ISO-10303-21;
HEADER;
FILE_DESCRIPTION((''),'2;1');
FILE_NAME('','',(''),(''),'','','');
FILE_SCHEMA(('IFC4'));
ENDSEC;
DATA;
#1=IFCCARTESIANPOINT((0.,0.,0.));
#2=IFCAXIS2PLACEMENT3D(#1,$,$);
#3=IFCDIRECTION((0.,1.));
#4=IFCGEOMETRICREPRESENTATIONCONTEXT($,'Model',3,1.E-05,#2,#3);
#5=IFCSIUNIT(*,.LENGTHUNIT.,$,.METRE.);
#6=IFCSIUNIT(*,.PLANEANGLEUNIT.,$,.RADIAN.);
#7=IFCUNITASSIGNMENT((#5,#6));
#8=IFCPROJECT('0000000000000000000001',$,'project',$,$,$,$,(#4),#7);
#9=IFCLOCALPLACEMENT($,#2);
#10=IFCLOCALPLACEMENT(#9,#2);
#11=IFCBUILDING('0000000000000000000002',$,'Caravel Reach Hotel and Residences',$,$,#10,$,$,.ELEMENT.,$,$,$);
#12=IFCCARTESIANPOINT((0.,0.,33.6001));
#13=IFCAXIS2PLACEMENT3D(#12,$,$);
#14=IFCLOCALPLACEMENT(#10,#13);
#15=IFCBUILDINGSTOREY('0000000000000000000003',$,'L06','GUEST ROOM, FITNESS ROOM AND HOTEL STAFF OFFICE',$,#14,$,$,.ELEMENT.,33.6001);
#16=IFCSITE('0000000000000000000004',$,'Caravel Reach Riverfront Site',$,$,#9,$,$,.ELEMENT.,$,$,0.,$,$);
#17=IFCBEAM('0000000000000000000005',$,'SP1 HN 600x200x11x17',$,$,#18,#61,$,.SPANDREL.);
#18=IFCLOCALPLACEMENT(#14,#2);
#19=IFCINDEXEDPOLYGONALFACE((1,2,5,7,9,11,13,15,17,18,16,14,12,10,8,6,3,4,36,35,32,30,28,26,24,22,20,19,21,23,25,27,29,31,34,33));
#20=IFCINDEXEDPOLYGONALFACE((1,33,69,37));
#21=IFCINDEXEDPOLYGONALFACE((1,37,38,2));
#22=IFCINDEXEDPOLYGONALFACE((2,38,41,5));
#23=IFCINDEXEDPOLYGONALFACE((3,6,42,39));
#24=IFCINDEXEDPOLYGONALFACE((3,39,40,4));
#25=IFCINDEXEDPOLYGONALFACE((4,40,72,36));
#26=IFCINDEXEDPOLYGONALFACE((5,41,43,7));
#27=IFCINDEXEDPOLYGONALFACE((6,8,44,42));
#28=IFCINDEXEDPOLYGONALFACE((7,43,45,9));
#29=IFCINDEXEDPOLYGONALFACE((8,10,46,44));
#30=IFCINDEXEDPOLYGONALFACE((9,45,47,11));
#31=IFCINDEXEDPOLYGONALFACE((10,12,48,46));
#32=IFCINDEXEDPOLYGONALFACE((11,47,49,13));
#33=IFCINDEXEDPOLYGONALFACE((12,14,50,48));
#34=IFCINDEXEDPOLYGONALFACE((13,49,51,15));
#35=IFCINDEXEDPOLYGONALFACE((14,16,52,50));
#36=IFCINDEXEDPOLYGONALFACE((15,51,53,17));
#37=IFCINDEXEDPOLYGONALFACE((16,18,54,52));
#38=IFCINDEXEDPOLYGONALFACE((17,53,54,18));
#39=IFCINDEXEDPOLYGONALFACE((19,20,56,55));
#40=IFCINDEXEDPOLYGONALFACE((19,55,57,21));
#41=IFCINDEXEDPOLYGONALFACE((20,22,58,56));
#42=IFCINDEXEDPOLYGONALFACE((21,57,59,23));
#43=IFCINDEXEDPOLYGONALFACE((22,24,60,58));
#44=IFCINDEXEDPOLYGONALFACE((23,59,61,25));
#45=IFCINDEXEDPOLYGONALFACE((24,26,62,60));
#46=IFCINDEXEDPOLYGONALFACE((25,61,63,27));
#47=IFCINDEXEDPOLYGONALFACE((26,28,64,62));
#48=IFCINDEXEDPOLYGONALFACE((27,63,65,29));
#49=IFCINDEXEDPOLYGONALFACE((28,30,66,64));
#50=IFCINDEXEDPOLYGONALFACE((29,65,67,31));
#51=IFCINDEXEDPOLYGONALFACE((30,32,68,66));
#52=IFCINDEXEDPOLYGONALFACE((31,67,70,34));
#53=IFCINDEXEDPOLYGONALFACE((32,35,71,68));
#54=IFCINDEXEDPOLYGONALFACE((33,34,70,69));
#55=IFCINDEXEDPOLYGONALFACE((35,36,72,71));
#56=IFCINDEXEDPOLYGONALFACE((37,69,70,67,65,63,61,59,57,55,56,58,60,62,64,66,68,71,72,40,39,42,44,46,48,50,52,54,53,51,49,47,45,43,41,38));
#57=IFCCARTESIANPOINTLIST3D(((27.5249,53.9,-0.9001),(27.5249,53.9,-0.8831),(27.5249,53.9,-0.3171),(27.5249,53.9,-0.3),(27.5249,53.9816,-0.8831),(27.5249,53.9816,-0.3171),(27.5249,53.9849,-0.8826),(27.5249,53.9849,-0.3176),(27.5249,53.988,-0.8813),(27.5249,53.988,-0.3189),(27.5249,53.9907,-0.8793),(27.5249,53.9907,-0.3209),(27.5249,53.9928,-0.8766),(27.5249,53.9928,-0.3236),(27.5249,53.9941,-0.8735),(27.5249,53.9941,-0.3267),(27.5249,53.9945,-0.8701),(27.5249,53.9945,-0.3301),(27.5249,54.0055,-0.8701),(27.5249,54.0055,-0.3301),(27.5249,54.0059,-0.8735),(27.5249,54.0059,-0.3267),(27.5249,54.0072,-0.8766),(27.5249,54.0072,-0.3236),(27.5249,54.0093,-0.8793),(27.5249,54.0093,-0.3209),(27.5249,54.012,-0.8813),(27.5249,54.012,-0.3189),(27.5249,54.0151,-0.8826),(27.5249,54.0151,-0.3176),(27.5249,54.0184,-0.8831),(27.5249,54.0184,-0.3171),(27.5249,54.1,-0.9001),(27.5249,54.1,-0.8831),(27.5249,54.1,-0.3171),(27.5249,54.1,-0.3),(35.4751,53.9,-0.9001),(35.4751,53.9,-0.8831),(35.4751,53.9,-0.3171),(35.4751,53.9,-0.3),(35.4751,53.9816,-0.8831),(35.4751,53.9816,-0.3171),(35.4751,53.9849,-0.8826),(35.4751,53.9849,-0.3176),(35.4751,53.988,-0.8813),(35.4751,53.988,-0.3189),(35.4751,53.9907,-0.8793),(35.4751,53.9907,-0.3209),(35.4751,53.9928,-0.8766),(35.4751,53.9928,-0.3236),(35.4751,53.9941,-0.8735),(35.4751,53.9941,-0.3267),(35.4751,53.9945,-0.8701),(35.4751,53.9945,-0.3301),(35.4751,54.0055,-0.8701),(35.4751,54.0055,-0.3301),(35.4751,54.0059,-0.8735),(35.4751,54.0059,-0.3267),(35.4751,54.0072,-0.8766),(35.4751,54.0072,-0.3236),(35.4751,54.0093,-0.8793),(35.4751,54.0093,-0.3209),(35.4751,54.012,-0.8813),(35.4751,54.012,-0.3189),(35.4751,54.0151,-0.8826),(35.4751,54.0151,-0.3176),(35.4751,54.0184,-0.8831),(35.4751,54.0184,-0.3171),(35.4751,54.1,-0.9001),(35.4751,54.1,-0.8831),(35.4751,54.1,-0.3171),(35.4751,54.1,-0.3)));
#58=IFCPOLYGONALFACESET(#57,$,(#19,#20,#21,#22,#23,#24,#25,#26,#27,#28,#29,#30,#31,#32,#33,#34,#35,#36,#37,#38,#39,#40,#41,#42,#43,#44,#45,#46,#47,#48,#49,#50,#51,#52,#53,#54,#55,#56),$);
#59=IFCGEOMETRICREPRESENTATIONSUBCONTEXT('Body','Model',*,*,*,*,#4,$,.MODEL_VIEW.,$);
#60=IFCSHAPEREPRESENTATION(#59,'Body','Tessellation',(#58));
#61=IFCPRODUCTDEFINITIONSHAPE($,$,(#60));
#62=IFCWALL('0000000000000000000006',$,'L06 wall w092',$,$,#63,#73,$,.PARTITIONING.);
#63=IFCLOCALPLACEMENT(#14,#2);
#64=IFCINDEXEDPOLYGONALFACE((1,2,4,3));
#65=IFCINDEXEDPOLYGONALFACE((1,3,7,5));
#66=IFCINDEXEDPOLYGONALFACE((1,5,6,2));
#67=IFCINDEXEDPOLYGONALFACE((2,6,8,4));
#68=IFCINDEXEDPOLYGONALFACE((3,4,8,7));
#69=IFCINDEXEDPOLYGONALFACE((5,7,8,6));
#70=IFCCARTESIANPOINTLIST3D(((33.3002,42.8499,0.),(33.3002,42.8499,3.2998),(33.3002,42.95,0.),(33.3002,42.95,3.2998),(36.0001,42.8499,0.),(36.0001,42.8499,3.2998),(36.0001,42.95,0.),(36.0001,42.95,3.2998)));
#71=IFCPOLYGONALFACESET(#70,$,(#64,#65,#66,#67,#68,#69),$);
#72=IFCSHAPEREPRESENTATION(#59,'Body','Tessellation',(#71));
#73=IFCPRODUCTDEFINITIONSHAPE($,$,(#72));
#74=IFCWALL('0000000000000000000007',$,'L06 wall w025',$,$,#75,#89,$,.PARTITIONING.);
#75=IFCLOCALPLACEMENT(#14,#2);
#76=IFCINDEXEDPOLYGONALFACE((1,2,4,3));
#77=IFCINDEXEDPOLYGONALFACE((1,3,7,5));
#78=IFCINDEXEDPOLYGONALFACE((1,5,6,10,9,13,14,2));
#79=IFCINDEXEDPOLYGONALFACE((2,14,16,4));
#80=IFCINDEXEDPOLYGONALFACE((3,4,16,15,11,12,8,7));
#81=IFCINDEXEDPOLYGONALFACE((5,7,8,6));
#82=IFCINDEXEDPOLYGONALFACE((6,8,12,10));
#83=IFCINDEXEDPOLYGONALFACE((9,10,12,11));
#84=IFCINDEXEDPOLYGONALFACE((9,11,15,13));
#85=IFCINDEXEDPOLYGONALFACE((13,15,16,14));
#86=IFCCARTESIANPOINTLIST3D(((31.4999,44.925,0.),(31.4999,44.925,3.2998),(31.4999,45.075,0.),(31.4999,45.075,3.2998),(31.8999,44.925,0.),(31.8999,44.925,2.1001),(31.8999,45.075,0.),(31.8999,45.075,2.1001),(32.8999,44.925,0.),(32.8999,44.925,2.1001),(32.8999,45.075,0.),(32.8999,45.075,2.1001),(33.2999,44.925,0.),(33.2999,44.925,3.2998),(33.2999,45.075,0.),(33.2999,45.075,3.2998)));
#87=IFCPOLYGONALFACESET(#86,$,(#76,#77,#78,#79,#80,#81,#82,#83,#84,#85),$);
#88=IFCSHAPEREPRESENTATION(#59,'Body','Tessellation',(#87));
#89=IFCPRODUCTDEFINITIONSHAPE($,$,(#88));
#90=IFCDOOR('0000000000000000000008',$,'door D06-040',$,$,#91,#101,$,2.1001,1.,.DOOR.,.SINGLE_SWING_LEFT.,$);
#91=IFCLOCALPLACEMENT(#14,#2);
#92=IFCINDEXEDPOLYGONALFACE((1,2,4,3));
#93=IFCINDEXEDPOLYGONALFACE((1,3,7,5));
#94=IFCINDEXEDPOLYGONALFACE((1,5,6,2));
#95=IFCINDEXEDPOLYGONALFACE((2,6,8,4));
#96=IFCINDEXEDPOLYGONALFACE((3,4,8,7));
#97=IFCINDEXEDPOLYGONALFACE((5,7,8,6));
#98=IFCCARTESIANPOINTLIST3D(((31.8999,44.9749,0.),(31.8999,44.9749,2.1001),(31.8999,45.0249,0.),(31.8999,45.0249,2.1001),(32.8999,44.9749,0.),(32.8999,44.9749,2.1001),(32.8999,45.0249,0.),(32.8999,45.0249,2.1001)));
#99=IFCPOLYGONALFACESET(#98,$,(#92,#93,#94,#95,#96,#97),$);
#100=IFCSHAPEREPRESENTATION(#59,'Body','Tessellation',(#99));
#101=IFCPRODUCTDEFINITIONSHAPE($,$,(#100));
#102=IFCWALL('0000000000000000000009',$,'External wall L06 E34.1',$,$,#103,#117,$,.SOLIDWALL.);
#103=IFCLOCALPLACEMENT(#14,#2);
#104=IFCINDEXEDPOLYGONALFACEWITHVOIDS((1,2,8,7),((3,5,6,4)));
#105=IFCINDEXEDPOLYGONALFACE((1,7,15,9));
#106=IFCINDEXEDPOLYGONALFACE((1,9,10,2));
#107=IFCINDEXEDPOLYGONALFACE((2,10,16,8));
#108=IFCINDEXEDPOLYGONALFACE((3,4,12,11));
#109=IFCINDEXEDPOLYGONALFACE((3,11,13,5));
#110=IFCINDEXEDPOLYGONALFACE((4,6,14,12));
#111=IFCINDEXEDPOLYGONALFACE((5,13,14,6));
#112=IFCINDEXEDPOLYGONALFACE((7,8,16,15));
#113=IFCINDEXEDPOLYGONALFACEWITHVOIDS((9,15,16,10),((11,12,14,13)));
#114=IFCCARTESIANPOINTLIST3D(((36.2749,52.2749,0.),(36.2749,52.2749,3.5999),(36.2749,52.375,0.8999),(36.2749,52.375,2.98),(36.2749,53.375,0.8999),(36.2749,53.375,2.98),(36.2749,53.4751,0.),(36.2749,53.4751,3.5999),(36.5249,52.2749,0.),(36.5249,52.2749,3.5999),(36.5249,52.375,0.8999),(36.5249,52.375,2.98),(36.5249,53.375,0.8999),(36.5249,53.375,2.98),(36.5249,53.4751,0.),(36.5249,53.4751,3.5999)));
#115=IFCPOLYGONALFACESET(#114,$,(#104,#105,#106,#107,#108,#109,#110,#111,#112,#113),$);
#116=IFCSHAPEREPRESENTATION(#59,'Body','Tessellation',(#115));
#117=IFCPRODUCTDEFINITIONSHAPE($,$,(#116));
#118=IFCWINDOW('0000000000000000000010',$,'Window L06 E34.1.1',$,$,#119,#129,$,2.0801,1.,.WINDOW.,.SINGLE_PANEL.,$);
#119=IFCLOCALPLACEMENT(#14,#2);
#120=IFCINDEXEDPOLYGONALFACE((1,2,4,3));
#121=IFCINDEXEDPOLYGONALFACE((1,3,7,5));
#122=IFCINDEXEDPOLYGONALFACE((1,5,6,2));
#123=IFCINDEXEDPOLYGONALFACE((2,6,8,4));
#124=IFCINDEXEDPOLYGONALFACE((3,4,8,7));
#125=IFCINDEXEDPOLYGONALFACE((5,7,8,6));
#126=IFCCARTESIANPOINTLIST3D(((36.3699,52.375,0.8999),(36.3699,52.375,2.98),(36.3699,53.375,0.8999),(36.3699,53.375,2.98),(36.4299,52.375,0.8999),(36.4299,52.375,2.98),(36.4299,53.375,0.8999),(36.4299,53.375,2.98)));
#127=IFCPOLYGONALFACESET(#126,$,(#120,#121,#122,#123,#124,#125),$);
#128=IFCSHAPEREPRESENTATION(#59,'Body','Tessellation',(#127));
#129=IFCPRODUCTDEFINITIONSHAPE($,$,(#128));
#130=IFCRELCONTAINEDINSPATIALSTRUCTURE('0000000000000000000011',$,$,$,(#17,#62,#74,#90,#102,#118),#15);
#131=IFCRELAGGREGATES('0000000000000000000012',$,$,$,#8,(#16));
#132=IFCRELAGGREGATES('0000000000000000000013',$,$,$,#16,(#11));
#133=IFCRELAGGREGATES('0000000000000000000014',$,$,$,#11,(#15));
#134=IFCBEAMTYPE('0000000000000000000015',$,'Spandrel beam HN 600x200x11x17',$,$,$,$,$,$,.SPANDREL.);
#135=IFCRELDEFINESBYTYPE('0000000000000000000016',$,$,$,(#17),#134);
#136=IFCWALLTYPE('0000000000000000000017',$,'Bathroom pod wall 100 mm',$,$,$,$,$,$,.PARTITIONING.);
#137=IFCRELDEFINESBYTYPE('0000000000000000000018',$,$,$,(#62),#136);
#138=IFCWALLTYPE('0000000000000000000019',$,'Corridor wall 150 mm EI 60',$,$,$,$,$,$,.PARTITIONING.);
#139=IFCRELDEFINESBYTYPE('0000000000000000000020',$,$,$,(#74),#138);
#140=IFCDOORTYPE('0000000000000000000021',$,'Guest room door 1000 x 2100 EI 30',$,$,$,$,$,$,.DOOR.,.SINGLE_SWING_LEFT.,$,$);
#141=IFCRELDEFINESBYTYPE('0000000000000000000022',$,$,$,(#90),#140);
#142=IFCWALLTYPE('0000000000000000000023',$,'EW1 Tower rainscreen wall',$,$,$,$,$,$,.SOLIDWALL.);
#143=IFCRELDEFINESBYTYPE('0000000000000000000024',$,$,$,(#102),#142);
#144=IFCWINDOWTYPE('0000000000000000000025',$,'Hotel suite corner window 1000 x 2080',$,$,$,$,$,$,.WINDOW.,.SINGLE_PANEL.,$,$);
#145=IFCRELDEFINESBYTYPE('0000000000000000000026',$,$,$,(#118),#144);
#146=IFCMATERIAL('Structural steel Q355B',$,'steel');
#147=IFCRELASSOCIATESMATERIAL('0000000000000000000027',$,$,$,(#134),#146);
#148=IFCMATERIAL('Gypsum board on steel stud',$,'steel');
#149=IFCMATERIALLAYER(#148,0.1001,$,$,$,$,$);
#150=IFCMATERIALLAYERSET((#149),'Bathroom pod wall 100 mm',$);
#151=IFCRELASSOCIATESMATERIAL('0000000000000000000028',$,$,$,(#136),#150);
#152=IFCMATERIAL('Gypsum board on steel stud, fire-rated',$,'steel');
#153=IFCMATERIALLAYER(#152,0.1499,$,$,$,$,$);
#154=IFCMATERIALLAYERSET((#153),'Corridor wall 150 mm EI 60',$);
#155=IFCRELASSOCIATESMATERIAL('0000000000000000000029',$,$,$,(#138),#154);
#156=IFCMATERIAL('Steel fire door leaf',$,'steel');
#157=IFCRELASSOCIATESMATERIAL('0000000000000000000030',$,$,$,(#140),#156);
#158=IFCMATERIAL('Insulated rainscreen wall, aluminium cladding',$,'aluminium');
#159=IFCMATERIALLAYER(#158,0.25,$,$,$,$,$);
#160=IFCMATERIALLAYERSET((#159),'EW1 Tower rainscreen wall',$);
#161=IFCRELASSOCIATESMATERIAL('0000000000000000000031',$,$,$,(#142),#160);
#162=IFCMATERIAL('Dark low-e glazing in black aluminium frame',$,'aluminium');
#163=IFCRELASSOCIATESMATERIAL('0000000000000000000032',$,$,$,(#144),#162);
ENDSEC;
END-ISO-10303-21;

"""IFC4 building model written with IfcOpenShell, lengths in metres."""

from ifc_helpers import new_model, si_unit, direction, frame, frame_2d, origin, origin_2d, place, context, subcontext, project, spatial, rectangle, i_section, extrude, material, layer, layer_set, material_profile, profile_set, type_object, element, fill, save


model = new_model("IFC4")

# Units and contexts
model_context = context("Model", 3, precision=1e-05, world=origin(), true_north=direction((0.0, 1.0)))
body_context = subcontext(model_context, "Body", "Model", "MODEL_VIEW")
ifc_project = project(units=[si_unit("LENGTHUNIT", "METRE"), si_unit("PLANEANGLEUNIT", "RADIAN")], contexts=[model_context])

# Site, building, storey
site_placement = place(None, origin())
site = spatial("IfcSite", under=ifc_project, at=site_placement, Name="Caravel Reach Riverfront Site", CompositionType="ELEMENT", RefElevation=0.0)
building_placement = place(site_placement, origin())
building = spatial("IfcBuilding", under=site, at=building_placement, Name="Caravel Reach Hotel and Residences", CompositionType="ELEMENT")
storey_placement = place(building_placement, frame((0.0, 0.0, 33.6001)))
storey = spatial("IfcBuildingStorey", under=building, at=storey_placement, Name="L06", Description="GUEST ROOM, FITNESS ROOM AND HOTEL STAFF OFFICE", CompositionType="ELEMENT", Elevation=33.6001)

# Beam
ifc_material_1 = material(Name="Structural steel Q355B", Category="steel")
ifc_material_profile_1 = material_profile(ifc_material_1, i_section(OverallWidth=0.2, OverallDepth=0.6001, WebThickness=0.011, FlangeThickness=0.0171, FilletRadius=0.0129, at=origin_2d()), Name="HN 600x200x11x17")
ifc_profile_set_1 = profile_set([ifc_material_profile_1], Name="Structural steel Q355B")
beam_type_1 = type_object("IfcBeamType", Name="Spandrel beam HN 600x200x11x17", PredefinedType="SPANDREL", material=ifc_profile_set_1)
beam_1_placement = place(storey_placement, frame((35.4751, 54.0, -0.6001), z_axis=(-1.0, 0.0, 0.0), x_axis=(0.0, -1.0, 0.0)))
element("IfcBeam", 1, at=beam_1_placement, inside=storey, type_object=beam_type_1, Name="SP1 HN 600x200x11x17", PredefinedType="SPANDREL", context=body_context, shape_type="SweptSolid", body=[
    extrude(i_section(OverallWidth=0.2, OverallDepth=0.6001, WebThickness=0.011, FlangeThickness=0.0171, FilletRadius=0.0129, at=origin_2d()), origin(), (0.0, 0.0, 1.0), 7.9502),
])

# Wall
ifc_material_2 = material(Name="Gypsum board on steel stud", Category="steel")
ifc_layer_1 = layer(ifc_material_2, 0.1001)
ifc_layer_set_1 = layer_set([ifc_layer_1], Name="Bathroom pod wall 100 mm")
wall_type_1 = type_object("IfcWallType", Name="Bathroom pod wall 100 mm", PredefinedType="PARTITIONING", material=ifc_layer_set_1)
wall_1_placement = place(storey_placement, frame((33.3, 42.8999, 0.0), z_axis=(0.0, 0.0, 1.0), x_axis=(1.0, 0.0, 0.0)))
element("IfcWall", 2, at=wall_1_placement, inside=storey, type_object=wall_type_1, Name="L06 wall w092", PredefinedType="PARTITIONING", context=body_context, shape_type="SweptSolid", body=[
    extrude(rectangle(XDim=2.7, YDim=0.1001, at=frame_2d((1.3501, 0.0))), origin(), (0.0, 0.0, 1.0), 3.2998),
])

# Wall, opening, door
ifc_material_3 = material(Name="Gypsum board on steel stud, fire-rated", Category="steel")
ifc_layer_2 = layer(ifc_material_3, 0.1499)
ifc_layer_set_2 = layer_set([ifc_layer_2], Name="Corridor wall 150 mm EI 60")
wall_type_2 = type_object("IfcWallType", Name="Corridor wall 150 mm EI 60", PredefinedType="PARTITIONING", material=ifc_layer_set_2)
wall_2_placement = place(storey_placement, frame((31.5, 45.0, 0.0), z_axis=(0.0, 0.0, 1.0), x_axis=(1.0, 0.0, 0.0)))
wall_2 = element("IfcWall", 3, at=wall_2_placement, inside=storey, type_object=wall_type_2, Name="L06 wall w025", PredefinedType="PARTITIONING", context=body_context, shape_type="SweptSolid", body=[
    extrude(rectangle(XDim=1.8, YDim=0.1499, at=frame_2d((0.8999, 0.0))), origin(), (0.0, 0.0, 1.0), 3.2998),
])
opening_1_placement = place(wall_2_placement, frame((0.3999, 0.0, 0.0)))
opening_1 = element("IfcOpeningElement", 4, at=opening_1_placement, cuts=wall_2, PredefinedType="OPENING", context=body_context, shape_type="SweptSolid", body=[
    extrude(rectangle(XDim=1.0, YDim=2.1001, at=frame_2d((0.5, 1.05))), frame((0.0, 0.085, 0.0), z_axis=(0.0, -1.0, 0.0), x_axis=(1.0, 0.0, 0.0)), (0.0, 0.0, 1.0), 0.1699),
])
ifc_material_4 = material(Name="Steel fire door leaf", Category="steel")
door_type = type_object("IfcDoorType", Name="Guest room door 1000 x 2100 EI 30", OperationType="SINGLE_SWING_LEFT", PredefinedType="DOOR", material=ifc_material_4)
door_placement = place(opening_1_placement, origin())
door = element("IfcDoor", 5, at=door_placement, inside=storey, type_object=door_type, Name="door D06-040", OperationType="SINGLE_SWING_LEFT", OverallHeight=2.1001, OverallWidth=1.0, PredefinedType="DOOR", context=body_context, shape_type="SweptSolid", body=[
    extrude(rectangle(XDim=1.0, YDim=2.1001, at=frame_2d((0.5, 1.05))), frame((0.0, 0.0249, 0.0), z_axis=(0.0, -1.0, 0.0), x_axis=(1.0, 0.0, 0.0)), (0.0, 0.0, 1.0), 0.05),
])
fill(opening_1, door)

# Wall, opening, window
ifc_material_5 = material(Name="Insulated rainscreen wall, aluminium cladding", Category="aluminium")
ifc_layer_3 = layer(ifc_material_5, 0.25)
ifc_layer_set_3 = layer_set([ifc_layer_3], Name="EW1 Tower rainscreen wall")
wall_type_3 = type_object("IfcWallType", Name="EW1 Tower rainscreen wall", PredefinedType="SOLIDWALL", material=ifc_layer_set_3)
wall_3_placement = place(storey_placement, frame((36.3999, 52.2749, 0.0), z_axis=(0.0, 0.0, 1.0), x_axis=(0.0, 1.0, 0.0)))
wall_3 = element("IfcWall", 6, at=wall_3_placement, inside=storey, type_object=wall_type_3, Name="External wall L06 E34.1", PredefinedType="SOLIDWALL", context=body_context, shape_type="SweptSolid", body=[
    extrude(rectangle(XDim=1.2002, YDim=0.25, at=frame_2d((0.6001, 0.0))), origin(), (0.0, 0.0, 1.0), 3.5999),
])
opening_2_placement = place(wall_3_placement, frame((0.1001, 0.0, 0.8999)))
opening_2 = element("IfcOpeningElement", 7, at=opening_2_placement, cuts=wall_3, PredefinedType="OPENING", context=body_context, shape_type="SweptSolid", body=[
    extrude(rectangle(XDim=1.0, YDim=2.0801, at=frame_2d((0.5, 1.04))), frame((0.0, 0.135, 0.0), z_axis=(0.0, -1.0, 0.0), x_axis=(1.0, 0.0, 0.0)), (0.0, 0.0, 1.0), 0.27),
])
ifc_material_6 = material(Name="Dark low-e glazing in black aluminium frame", Category="aluminium")
window_type_1 = type_object("IfcWindowType", Name="Hotel suite corner window 1000 x 2080", PartitioningType="SINGLE_PANEL", PredefinedType="WINDOW", material=ifc_material_6)
window_1_placement = place(opening_2_placement, origin())
window_1 = element("IfcWindow", 8, at=window_1_placement, inside=storey, type_object=window_type_1, Name="Window L06 E34.1.1", OverallHeight=2.0801, OverallWidth=1.0, PartitioningType="SINGLE_PANEL", PredefinedType="WINDOW", context=body_context, shape_type="SweptSolid", body=[
    extrude(rectangle(XDim=1.0, YDim=2.0801, at=frame_2d((0.5, 1.04))), frame((0.0, 0.03, 0.0), z_axis=(0.0, -1.0, 0.0), x_axis=(1.0, 0.0, 0.0)), (0.0, 0.0, 1.0), 0.0601),
])
fill(opening_2, window_1)

save(model, "model.ifc")
